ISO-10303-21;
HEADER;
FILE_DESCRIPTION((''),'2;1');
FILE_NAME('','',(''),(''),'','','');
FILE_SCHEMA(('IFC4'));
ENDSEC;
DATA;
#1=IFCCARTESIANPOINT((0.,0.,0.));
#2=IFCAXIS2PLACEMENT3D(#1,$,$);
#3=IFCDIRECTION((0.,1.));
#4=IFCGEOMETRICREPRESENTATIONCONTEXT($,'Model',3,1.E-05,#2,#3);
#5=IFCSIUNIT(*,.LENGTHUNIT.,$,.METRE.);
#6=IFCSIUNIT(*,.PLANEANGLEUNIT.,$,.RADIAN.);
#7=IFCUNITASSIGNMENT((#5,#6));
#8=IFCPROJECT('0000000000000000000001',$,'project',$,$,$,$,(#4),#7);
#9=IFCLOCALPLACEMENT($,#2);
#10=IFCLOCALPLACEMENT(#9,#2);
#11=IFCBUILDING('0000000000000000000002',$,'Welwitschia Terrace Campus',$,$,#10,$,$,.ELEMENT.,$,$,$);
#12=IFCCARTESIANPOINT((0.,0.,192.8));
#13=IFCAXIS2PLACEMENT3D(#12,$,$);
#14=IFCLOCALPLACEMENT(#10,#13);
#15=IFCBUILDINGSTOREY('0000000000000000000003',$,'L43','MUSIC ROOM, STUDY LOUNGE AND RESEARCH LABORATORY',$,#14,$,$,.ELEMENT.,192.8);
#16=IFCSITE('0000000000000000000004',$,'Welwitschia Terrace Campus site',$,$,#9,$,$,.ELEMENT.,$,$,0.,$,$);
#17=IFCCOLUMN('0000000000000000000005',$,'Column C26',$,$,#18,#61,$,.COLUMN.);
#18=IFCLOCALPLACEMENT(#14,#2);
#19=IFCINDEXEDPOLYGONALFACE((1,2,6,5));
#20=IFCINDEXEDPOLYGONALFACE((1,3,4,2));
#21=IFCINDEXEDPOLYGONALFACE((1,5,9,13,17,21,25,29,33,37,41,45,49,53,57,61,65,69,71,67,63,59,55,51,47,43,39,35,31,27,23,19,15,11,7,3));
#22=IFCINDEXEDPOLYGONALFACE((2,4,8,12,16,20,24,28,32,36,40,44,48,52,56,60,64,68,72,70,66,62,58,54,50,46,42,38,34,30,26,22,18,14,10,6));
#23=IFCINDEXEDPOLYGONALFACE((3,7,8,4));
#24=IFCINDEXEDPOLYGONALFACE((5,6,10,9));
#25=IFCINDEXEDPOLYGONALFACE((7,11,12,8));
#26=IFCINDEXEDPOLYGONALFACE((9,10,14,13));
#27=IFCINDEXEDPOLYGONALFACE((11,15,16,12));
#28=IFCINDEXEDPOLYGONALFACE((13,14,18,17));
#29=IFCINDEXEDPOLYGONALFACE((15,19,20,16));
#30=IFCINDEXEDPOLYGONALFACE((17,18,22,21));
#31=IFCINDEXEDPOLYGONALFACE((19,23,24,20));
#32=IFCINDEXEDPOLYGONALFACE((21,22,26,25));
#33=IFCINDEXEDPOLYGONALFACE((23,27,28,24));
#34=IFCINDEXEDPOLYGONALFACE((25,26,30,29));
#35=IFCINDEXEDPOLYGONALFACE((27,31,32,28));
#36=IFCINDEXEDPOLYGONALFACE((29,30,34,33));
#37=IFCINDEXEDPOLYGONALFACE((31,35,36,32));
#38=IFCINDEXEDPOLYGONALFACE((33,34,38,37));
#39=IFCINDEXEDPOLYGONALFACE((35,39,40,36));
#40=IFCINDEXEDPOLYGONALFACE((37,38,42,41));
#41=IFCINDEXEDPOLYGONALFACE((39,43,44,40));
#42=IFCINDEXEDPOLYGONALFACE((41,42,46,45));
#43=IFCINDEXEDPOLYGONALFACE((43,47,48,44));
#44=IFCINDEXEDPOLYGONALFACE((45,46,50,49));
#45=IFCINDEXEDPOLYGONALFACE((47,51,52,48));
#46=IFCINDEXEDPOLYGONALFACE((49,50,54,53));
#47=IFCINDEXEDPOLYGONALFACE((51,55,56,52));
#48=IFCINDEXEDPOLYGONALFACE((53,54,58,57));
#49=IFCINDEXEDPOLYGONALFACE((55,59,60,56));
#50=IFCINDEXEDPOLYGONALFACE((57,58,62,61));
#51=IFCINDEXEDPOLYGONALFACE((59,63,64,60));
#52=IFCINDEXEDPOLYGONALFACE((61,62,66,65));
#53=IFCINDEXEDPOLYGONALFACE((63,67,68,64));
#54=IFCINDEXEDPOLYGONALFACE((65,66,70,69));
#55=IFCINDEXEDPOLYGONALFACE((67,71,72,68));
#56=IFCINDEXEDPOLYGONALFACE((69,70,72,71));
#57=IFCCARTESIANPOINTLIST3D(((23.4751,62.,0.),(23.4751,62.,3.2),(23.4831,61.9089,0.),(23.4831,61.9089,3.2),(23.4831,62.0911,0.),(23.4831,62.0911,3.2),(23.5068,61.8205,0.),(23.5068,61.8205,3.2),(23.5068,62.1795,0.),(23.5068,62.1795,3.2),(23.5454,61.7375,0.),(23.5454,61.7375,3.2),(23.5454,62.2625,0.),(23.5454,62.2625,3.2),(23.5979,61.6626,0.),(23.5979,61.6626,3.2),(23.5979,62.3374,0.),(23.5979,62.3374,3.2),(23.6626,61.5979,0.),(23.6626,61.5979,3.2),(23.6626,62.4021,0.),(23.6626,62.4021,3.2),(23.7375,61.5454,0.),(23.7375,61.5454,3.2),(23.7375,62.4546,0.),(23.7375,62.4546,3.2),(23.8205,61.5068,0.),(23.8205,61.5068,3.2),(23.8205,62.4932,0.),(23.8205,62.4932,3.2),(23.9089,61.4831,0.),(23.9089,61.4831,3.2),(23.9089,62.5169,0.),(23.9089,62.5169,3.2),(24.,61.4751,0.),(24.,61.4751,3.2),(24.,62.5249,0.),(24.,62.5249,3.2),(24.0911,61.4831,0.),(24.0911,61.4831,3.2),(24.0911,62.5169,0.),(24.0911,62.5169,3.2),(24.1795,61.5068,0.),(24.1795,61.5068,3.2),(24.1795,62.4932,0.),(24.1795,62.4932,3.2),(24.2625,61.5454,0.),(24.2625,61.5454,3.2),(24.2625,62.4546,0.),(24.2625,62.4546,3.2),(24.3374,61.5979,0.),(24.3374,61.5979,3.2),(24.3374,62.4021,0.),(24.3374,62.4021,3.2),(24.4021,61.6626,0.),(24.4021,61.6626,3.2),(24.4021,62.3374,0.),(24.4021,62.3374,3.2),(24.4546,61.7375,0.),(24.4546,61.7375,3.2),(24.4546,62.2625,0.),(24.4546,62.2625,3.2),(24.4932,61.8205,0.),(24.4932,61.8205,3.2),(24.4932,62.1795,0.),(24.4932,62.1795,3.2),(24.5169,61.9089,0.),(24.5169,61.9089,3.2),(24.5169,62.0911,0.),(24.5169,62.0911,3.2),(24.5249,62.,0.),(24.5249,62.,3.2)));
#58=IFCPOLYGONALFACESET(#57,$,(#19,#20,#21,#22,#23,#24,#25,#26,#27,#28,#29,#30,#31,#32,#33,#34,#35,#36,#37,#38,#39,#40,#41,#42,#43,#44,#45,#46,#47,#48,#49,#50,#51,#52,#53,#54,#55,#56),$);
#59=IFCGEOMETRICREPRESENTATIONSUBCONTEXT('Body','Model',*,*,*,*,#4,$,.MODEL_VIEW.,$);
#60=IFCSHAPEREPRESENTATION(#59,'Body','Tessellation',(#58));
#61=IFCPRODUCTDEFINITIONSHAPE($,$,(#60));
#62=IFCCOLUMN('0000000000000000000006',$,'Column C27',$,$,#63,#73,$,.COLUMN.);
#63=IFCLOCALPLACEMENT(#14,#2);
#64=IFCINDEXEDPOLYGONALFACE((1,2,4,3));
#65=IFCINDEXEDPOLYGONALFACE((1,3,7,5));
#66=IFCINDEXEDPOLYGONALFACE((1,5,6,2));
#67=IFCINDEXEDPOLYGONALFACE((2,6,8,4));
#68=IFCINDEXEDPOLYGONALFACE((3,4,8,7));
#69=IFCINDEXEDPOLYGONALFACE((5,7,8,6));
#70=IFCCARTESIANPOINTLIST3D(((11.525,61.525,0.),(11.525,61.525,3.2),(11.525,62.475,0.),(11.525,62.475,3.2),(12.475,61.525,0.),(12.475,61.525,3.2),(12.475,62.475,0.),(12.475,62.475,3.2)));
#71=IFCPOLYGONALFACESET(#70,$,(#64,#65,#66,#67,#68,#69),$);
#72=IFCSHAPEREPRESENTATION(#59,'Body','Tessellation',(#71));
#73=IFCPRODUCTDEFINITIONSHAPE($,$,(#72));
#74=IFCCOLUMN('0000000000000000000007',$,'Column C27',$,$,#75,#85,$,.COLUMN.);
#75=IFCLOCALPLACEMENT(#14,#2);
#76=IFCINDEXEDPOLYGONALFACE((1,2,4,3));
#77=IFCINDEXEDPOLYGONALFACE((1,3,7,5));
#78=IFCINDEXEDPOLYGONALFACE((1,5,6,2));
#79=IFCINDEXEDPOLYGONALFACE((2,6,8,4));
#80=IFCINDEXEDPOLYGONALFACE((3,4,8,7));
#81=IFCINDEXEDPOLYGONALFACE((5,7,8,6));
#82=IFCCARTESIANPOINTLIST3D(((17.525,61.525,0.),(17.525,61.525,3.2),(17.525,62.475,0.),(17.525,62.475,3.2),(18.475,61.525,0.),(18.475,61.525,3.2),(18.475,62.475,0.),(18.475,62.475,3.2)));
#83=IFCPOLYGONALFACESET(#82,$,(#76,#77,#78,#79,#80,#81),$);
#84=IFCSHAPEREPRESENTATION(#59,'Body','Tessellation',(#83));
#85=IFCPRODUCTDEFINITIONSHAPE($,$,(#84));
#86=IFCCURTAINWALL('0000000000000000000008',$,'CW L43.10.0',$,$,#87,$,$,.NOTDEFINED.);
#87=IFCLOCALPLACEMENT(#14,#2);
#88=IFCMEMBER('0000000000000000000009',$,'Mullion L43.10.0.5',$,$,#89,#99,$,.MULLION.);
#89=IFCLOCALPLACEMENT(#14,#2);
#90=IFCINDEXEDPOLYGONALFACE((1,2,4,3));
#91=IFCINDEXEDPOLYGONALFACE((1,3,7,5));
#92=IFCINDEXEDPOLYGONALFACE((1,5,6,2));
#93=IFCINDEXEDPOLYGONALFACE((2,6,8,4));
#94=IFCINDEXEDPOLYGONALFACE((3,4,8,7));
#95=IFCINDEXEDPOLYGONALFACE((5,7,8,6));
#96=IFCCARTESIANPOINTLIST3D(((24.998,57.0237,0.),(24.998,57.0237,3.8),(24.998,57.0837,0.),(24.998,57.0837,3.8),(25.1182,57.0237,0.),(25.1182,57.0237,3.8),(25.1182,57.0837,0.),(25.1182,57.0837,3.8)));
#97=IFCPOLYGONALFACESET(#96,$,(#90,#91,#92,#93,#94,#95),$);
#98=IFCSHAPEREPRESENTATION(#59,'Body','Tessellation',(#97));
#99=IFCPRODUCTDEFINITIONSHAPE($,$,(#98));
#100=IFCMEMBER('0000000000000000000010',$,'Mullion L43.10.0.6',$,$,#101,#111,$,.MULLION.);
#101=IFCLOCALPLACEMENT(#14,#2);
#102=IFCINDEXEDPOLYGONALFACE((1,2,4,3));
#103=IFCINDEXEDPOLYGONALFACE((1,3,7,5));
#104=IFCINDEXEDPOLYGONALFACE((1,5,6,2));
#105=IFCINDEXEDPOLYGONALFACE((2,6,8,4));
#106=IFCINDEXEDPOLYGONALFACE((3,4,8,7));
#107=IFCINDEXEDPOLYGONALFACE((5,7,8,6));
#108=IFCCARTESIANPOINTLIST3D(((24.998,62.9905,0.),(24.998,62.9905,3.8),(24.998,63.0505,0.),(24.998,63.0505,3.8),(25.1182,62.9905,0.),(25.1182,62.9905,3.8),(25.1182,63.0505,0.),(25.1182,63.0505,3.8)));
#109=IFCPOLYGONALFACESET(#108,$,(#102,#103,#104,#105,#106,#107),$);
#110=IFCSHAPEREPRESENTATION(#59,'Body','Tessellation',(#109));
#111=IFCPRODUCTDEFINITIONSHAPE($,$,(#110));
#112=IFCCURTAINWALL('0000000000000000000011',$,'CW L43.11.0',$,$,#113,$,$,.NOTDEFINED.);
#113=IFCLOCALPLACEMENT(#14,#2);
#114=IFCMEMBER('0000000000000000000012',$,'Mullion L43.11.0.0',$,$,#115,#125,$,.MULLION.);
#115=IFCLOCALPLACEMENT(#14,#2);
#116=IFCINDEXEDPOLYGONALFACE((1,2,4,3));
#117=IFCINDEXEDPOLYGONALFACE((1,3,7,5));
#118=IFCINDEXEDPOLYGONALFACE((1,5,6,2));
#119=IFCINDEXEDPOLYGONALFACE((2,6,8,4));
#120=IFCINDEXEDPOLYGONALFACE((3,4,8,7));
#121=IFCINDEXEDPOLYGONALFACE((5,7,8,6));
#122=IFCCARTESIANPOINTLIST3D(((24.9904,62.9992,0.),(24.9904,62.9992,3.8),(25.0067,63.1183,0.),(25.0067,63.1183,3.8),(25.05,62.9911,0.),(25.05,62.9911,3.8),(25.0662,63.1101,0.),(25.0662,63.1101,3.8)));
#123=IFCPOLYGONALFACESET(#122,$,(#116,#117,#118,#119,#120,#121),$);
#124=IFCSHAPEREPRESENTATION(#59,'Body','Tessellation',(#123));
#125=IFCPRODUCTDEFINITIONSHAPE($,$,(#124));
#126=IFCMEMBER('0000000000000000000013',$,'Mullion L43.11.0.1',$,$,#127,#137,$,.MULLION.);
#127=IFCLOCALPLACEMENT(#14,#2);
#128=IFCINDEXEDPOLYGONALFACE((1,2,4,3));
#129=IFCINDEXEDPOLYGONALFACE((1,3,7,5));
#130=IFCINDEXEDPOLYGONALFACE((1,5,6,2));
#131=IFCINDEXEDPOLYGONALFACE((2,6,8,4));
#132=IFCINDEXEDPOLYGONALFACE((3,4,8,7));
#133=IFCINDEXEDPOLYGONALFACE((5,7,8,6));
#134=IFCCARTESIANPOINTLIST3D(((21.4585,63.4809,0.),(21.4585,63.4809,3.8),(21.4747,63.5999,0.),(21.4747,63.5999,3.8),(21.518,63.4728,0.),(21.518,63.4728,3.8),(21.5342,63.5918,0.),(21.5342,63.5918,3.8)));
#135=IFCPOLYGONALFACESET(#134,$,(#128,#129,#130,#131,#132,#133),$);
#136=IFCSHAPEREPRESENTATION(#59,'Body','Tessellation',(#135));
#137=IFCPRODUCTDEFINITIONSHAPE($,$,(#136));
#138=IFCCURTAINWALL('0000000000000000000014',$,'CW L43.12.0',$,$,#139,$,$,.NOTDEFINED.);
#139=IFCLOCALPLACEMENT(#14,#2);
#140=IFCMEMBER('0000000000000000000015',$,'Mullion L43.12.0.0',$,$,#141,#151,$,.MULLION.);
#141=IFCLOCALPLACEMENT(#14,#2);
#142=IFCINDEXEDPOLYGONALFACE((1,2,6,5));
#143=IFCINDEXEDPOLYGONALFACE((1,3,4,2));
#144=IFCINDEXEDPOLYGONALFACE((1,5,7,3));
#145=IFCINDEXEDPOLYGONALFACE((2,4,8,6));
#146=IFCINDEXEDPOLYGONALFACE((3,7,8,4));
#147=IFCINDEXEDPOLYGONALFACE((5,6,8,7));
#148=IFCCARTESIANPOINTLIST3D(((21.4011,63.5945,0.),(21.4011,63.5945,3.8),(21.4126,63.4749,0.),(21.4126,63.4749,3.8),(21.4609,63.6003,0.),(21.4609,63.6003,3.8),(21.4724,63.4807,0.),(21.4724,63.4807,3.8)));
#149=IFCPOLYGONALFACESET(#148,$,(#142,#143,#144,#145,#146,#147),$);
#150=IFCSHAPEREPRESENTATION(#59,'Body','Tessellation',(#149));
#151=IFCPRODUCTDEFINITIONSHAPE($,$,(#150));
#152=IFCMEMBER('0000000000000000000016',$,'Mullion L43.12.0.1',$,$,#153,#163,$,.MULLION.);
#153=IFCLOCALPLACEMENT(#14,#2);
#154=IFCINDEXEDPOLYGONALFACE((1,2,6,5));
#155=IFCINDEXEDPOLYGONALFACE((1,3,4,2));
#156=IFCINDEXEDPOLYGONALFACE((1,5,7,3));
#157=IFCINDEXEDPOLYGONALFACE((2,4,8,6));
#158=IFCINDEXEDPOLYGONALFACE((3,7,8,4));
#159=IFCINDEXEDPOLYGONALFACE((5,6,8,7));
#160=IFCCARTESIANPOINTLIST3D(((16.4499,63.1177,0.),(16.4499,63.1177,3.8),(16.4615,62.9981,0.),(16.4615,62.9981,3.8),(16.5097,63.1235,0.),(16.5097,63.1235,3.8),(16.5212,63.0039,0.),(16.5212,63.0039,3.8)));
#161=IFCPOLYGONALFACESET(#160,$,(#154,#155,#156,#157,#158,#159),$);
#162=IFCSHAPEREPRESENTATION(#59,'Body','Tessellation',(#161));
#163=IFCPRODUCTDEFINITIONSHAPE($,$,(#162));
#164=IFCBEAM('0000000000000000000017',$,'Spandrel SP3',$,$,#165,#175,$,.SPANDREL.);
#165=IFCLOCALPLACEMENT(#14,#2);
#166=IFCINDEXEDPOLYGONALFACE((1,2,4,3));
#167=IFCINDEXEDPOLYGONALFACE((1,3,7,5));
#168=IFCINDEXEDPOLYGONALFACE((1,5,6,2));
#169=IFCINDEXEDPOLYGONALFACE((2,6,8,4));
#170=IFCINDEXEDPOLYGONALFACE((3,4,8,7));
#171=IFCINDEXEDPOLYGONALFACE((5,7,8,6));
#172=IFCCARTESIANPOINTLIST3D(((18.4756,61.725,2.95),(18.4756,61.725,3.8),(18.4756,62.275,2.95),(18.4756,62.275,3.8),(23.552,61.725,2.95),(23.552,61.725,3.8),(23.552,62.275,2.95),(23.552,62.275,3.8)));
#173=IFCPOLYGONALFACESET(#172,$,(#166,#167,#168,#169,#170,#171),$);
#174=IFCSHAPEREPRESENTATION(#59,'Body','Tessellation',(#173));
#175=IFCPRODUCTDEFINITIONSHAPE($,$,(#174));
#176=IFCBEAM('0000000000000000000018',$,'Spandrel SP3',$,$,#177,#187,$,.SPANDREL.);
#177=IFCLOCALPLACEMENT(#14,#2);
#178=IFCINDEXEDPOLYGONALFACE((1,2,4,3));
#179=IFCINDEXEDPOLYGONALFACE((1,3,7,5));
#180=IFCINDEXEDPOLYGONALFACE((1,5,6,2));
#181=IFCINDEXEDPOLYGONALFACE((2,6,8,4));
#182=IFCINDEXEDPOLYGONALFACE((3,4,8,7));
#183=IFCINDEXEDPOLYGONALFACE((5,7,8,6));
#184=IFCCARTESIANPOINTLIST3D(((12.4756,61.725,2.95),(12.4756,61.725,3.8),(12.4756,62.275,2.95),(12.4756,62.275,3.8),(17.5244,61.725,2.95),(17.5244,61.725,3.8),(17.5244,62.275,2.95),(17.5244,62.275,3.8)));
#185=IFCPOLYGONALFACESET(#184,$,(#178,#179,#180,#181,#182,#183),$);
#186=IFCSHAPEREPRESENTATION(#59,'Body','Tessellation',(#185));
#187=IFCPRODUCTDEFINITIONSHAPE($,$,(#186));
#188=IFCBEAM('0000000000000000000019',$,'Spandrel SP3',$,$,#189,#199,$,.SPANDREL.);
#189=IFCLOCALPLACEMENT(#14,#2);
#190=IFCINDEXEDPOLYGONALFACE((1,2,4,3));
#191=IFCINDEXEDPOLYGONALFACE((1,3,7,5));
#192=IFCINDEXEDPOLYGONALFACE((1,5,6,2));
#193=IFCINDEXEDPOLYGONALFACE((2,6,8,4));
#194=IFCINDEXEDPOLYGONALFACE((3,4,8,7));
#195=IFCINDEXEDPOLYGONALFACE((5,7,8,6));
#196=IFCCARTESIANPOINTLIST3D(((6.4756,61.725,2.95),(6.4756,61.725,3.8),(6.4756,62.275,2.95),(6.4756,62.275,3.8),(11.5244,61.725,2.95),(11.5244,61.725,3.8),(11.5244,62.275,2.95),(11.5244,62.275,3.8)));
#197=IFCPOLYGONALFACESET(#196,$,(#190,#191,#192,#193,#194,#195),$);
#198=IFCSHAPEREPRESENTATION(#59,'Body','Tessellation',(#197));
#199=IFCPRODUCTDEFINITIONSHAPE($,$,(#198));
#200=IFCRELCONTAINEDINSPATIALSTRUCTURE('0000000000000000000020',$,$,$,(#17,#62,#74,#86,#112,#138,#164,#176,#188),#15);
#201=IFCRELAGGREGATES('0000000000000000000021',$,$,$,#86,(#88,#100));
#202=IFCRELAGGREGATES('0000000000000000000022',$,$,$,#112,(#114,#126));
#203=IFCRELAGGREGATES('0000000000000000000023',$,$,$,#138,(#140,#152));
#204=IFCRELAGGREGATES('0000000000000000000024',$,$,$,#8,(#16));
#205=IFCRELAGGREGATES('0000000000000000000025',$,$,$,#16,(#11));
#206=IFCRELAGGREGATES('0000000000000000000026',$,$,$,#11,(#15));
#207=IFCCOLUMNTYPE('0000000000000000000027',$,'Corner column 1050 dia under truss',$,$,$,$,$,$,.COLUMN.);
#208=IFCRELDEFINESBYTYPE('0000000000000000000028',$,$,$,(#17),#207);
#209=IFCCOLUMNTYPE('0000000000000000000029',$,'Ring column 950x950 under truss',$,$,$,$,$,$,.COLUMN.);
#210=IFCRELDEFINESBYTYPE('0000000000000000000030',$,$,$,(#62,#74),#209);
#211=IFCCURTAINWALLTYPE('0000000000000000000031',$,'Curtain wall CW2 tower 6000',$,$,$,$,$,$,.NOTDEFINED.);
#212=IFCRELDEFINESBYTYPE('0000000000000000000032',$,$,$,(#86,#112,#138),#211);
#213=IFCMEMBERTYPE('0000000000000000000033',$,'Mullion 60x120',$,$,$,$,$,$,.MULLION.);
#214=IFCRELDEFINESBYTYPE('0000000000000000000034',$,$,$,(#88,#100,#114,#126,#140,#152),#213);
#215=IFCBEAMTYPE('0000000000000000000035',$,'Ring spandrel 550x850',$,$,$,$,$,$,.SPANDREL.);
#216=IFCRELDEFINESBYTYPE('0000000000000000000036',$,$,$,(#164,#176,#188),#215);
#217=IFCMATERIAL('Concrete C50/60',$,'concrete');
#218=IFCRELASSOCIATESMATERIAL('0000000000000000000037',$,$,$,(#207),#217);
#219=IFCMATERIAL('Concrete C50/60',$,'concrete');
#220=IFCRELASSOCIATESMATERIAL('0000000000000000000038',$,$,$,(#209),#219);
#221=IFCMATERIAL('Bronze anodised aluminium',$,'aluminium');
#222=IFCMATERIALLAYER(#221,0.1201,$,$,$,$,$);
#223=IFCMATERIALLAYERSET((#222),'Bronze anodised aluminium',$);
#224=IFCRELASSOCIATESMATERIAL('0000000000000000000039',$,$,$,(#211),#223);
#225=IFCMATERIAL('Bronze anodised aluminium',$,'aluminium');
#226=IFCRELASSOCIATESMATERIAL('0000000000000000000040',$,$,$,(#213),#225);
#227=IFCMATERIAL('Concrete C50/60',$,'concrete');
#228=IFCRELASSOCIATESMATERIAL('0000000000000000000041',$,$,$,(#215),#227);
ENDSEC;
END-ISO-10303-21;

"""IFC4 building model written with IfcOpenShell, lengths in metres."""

from ifc_helpers import new_model, si_unit, direction, frame, origin, origin_2d, place, context, subcontext, project, spatial, rectangle, circle, extrude, material, layer, layer_set, material_profile, profile_set, type_object, element, aggregate, save


model = new_model("IFC4")

# Units and contexts
model_context = context("Model", 3, precision=1e-05, world=origin(), true_north=direction((0.0, 1.0)))
body_context = subcontext(model_context, "Body", "Model", "MODEL_VIEW")
ifc_project = project(units=[si_unit("LENGTHUNIT", "METRE"), si_unit("PLANEANGLEUNIT", "RADIAN")], contexts=[model_context])

# Site, building, storey
site_placement = place(None, origin())
site = spatial("IfcSite", under=ifc_project, at=site_placement, Name="Welwitschia Terrace Campus site", CompositionType="ELEMENT", RefElevation=0.0)
building_placement = place(site_placement, origin())
building = spatial("IfcBuilding", under=site, at=building_placement, Name="Welwitschia Terrace Campus", CompositionType="ELEMENT")
storey_placement = place(building_placement, frame((0.0, 0.0, 192.8)))
storey = spatial("IfcBuildingStorey", under=building, at=storey_placement, Name="L43", Description="MUSIC ROOM, STUDY LOUNGE AND RESEARCH LABORATORY", CompositionType="ELEMENT", Elevation=192.8)

# Columns
ifc_material_1 = material(Name="Concrete C50/60", Category="concrete")
ifc_material_profile_1 = material_profile(ifc_material_1, circle(Radius=0.5249, at=origin_2d()))
ifc_profile_set_1 = profile_set([ifc_material_profile_1], Name="Concrete C50/60")
column_type_1 = type_object("IfcColumnType", Name="Corner column 1050 dia under truss", PredefinedType="COLUMN", material=ifc_profile_set_1)
column_placement = place(storey_placement, frame((24.0, 62.0, 0.0), z_axis=(0.0, 0.0, 1.0), x_axis=(1.0, 0.0, 0.0)))
element("IfcColumn", 1, at=column_placement, inside=storey, type_object=column_type_1, Name="Column C26", PredefinedType="COLUMN", context=body_context, shape_type="SweptSolid", body=[
    extrude(circle(Radius=0.5249, at=origin_2d()), origin(), (0.0, 0.0, 1.0), 3.2),
])
ifc_material_2 = material(Name="Concrete C50/60", Category="concrete")
ifc_material_profile_2 = material_profile(ifc_material_2, rectangle(XDim=0.95, YDim=0.95, at=origin_2d()))
ifc_profile_set_2 = profile_set([ifc_material_profile_2], Name="Concrete C50/60")
column_type_2 = type_object("IfcColumnType", Name="Ring column 950x950 under truss", PredefinedType="COLUMN", material=ifc_profile_set_2)
for number, where, z_axis, x_axis, name in (
    (2, (12.0, 62.0, 0.0), (0.0, 0.0, 1.0), (1.0, 0.0, 0.0), "Column C27"),
    (3, (18.0, 62.0, 0.0), (0.0, 0.0, 1.0), (1.0, 0.0, 0.0), "Column C27"),
):
    element("IfcColumn", number, at=place(storey_placement, frame(where, z_axis=z_axis, x_axis=x_axis)), inside=storey, type_object=column_type_2, Name=name, PredefinedType="COLUMN", context=body_context, shape_type="SweptSolid", body=[
        extrude(rectangle(XDim=0.95, YDim=0.95, at=origin_2d()), origin(), (0.0, 0.0, 1.0), 3.2),
    ])

# Curtain walls, members
ifc_material_3 = material(Name="Bronze anodised aluminium", Category="aluminium")
ifc_layer_1 = layer(ifc_material_3, 0.1201)
ifc_layer_set_1 = layer_set([ifc_layer_1], Name="Bronze anodised aluminium")
curtain_wall_type = type_object("IfcCurtainWallType", Name="Curtain wall CW2 tower 6000", PredefinedType="NOTDEFINED", material=ifc_layer_set_1)
curtain_wall_1_placement = place(storey_placement, origin())
curtain_wall_1 = element("IfcCurtainWall", 4, at=curtain_wall_1_placement, inside=storey, type_object=curtain_wall_type, Name="CW L43.10.0", PredefinedType="NOTDEFINED")
ifc_material_4 = material(Name="Bronze anodised aluminium", Category="aluminium")
ifc_material_profile_3 = material_profile(ifc_material_4, rectangle(XDim=0.1201, YDim=0.0601, at=origin_2d()))
ifc_profile_set_3 = profile_set([ifc_material_profile_3], Name="Bronze anodised aluminium")
member_type_1 = type_object("IfcMemberType", Name="Mullion 60x120", PredefinedType="MULLION", material=ifc_profile_set_3)
member_1_placement = place(storey_placement, frame((25.0581, 57.0537, 0.0), z_axis=(0.0, 0.0, 1.0), x_axis=(-1.0, 0.0, 0.0)))
member_1 = element("IfcMember", 5, at=member_1_placement, type_object=member_type_1, Name="Mullion L43.10.0.5", PredefinedType="MULLION", context=body_context, shape_type="SweptSolid", body=[
    extrude(rectangle(XDim=0.1201, YDim=0.0601, at=origin_2d()), origin(), (0.0, 0.0, 1.0), 3.8),
])
member_2_placement = place(storey_placement, frame((25.0581, 63.0205, 0.0), z_axis=(0.0, 0.0, 1.0), x_axis=(-1.0, 0.0, 0.0)))
member_2 = element("IfcMember", 6, at=member_2_placement, type_object=member_type_1, Name="Mullion L43.10.0.6", PredefinedType="MULLION", context=body_context, shape_type="SweptSolid", body=[
    extrude(rectangle(XDim=0.1201, YDim=0.0601, at=origin_2d()), origin(), (0.0, 0.0, 1.0), 3.8),
])
curtain_wall_2_placement = place(storey_placement, origin())
curtain_wall_2 = element("IfcCurtainWall", 7, at=curtain_wall_2_placement, inside=storey, type_object=curtain_wall_type, Name="CW L43.11.0", PredefinedType="NOTDEFINED")
member_3_placement = place(storey_placement, frame((25.0283, 63.0547, 0.0), z_axis=(0.0, 0.0, 1.0), x_axis=(-0.135155, -0.990824, 0.0)))
member_3 = element("IfcMember", 8, at=member_3_placement, type_object=member_type_1, Name="Mullion L43.11.0.0", PredefinedType="MULLION", context=body_context, shape_type="SweptSolid", body=[
    extrude(rectangle(XDim=0.1201, YDim=0.0601, at=origin_2d()), origin(), (0.0, 0.0, 1.0), 3.8),
])
member_4_placement = place(storey_placement, frame((21.4963, 63.5364, 0.0), z_axis=(0.0, 0.0, 1.0), x_axis=(-0.135155, -0.990824, 0.0)))
member_4 = element("IfcMember", 9, at=member_4_placement, type_object=member_type_1, Name="Mullion L43.11.0.1", PredefinedType="MULLION", context=body_context, shape_type="SweptSolid", body=[
    extrude(rectangle(XDim=0.1201, YDim=0.0601, at=origin_2d()), origin(), (0.0, 0.0, 1.0), 3.8),
])
curtain_wall_3_placement = place(storey_placement, origin())
curtain_wall_3 = element("IfcCurtainWall", 10, at=curtain_wall_3_placement, inside=storey, type_object=curtain_wall_type, Name="CW L43.12.0", PredefinedType="NOTDEFINED")
member_5_placement = place(storey_placement, frame((21.4368, 63.5376, 0.0), z_axis=(0.0, 0.0, 1.0), x_axis=(0.095846, -0.995396, 0.0)))
member_5 = element("IfcMember", 11, at=member_5_placement, type_object=member_type_1, Name="Mullion L43.12.0.0", PredefinedType="MULLION", context=body_context, shape_type="SweptSolid", body=[
    extrude(rectangle(XDim=0.1201, YDim=0.0601, at=origin_2d()), origin(), (0.0, 0.0, 1.0), 3.8),
])
member_6_placement = place(storey_placement, frame((16.4856, 63.0608, 0.0), z_axis=(0.0, 0.0, 1.0), x_axis=(0.095846, -0.995396, 0.0)))
member_6 = element("IfcMember", 12, at=member_6_placement, type_object=member_type_1, Name="Mullion L43.12.0.1", PredefinedType="MULLION", context=body_context, shape_type="SweptSolid", body=[
    extrude(rectangle(XDim=0.1201, YDim=0.0601, at=origin_2d()), origin(), (0.0, 0.0, 1.0), 3.8),
])

# Beams
ifc_material_5 = material(Name="Concrete C50/60", Category="concrete")
ifc_material_profile_4 = material_profile(ifc_material_5, rectangle(XDim=0.55, YDim=0.8501, at=origin_2d()))
ifc_profile_set_4 = profile_set([ifc_material_profile_4], Name="Concrete C50/60")
beam_type = type_object("IfcBeamType", Name="Ring spandrel 550x850", PredefinedType="SPANDREL", material=ifc_profile_set_4)
beam_placement = place(storey_placement, frame((23.552, 62.0, 3.375), z_axis=(-1.0, 0.0, 0.0), x_axis=(0.0, -1.0, 0.0)))
element("IfcBeam", 13, at=beam_placement, inside=storey, type_object=beam_type, Name="Spandrel SP3", PredefinedType="SPANDREL", context=body_context, shape_type="SweptSolid", body=[
    extrude(rectangle(XDim=0.55, YDim=0.8501, at=origin_2d()), origin(), (0.0, 0.0, 1.0), 5.0764),
])
for number, where, z_axis, x_axis, name in (
    (14, (17.5244, 62.0, 3.375), (-1.0, 0.0, 0.0), (0.0, -1.0, 0.0), "Spandrel SP3"),
    (15, (11.5244, 62.0, 3.375), (-1.0, 0.0, 0.0), (0.0, -1.0, 0.0), "Spandrel SP3"),
):
    element("IfcBeam", number, at=place(storey_placement, frame(where, z_axis=z_axis, x_axis=x_axis)), inside=storey, type_object=beam_type, Name=name, PredefinedType="SPANDREL", context=body_context, shape_type="SweptSolid", body=[
        extrude(rectangle(XDim=0.55, YDim=0.8501, at=origin_2d()), origin(), (0.0, 0.0, 1.0), 5.0488),
    ])

aggregate(curtain_wall_1, [member_1, member_2])
aggregate(curtain_wall_2, [member_3, member_4])
aggregate(curtain_wall_3, [member_5, member_6])

save(model, "model.ifc")
